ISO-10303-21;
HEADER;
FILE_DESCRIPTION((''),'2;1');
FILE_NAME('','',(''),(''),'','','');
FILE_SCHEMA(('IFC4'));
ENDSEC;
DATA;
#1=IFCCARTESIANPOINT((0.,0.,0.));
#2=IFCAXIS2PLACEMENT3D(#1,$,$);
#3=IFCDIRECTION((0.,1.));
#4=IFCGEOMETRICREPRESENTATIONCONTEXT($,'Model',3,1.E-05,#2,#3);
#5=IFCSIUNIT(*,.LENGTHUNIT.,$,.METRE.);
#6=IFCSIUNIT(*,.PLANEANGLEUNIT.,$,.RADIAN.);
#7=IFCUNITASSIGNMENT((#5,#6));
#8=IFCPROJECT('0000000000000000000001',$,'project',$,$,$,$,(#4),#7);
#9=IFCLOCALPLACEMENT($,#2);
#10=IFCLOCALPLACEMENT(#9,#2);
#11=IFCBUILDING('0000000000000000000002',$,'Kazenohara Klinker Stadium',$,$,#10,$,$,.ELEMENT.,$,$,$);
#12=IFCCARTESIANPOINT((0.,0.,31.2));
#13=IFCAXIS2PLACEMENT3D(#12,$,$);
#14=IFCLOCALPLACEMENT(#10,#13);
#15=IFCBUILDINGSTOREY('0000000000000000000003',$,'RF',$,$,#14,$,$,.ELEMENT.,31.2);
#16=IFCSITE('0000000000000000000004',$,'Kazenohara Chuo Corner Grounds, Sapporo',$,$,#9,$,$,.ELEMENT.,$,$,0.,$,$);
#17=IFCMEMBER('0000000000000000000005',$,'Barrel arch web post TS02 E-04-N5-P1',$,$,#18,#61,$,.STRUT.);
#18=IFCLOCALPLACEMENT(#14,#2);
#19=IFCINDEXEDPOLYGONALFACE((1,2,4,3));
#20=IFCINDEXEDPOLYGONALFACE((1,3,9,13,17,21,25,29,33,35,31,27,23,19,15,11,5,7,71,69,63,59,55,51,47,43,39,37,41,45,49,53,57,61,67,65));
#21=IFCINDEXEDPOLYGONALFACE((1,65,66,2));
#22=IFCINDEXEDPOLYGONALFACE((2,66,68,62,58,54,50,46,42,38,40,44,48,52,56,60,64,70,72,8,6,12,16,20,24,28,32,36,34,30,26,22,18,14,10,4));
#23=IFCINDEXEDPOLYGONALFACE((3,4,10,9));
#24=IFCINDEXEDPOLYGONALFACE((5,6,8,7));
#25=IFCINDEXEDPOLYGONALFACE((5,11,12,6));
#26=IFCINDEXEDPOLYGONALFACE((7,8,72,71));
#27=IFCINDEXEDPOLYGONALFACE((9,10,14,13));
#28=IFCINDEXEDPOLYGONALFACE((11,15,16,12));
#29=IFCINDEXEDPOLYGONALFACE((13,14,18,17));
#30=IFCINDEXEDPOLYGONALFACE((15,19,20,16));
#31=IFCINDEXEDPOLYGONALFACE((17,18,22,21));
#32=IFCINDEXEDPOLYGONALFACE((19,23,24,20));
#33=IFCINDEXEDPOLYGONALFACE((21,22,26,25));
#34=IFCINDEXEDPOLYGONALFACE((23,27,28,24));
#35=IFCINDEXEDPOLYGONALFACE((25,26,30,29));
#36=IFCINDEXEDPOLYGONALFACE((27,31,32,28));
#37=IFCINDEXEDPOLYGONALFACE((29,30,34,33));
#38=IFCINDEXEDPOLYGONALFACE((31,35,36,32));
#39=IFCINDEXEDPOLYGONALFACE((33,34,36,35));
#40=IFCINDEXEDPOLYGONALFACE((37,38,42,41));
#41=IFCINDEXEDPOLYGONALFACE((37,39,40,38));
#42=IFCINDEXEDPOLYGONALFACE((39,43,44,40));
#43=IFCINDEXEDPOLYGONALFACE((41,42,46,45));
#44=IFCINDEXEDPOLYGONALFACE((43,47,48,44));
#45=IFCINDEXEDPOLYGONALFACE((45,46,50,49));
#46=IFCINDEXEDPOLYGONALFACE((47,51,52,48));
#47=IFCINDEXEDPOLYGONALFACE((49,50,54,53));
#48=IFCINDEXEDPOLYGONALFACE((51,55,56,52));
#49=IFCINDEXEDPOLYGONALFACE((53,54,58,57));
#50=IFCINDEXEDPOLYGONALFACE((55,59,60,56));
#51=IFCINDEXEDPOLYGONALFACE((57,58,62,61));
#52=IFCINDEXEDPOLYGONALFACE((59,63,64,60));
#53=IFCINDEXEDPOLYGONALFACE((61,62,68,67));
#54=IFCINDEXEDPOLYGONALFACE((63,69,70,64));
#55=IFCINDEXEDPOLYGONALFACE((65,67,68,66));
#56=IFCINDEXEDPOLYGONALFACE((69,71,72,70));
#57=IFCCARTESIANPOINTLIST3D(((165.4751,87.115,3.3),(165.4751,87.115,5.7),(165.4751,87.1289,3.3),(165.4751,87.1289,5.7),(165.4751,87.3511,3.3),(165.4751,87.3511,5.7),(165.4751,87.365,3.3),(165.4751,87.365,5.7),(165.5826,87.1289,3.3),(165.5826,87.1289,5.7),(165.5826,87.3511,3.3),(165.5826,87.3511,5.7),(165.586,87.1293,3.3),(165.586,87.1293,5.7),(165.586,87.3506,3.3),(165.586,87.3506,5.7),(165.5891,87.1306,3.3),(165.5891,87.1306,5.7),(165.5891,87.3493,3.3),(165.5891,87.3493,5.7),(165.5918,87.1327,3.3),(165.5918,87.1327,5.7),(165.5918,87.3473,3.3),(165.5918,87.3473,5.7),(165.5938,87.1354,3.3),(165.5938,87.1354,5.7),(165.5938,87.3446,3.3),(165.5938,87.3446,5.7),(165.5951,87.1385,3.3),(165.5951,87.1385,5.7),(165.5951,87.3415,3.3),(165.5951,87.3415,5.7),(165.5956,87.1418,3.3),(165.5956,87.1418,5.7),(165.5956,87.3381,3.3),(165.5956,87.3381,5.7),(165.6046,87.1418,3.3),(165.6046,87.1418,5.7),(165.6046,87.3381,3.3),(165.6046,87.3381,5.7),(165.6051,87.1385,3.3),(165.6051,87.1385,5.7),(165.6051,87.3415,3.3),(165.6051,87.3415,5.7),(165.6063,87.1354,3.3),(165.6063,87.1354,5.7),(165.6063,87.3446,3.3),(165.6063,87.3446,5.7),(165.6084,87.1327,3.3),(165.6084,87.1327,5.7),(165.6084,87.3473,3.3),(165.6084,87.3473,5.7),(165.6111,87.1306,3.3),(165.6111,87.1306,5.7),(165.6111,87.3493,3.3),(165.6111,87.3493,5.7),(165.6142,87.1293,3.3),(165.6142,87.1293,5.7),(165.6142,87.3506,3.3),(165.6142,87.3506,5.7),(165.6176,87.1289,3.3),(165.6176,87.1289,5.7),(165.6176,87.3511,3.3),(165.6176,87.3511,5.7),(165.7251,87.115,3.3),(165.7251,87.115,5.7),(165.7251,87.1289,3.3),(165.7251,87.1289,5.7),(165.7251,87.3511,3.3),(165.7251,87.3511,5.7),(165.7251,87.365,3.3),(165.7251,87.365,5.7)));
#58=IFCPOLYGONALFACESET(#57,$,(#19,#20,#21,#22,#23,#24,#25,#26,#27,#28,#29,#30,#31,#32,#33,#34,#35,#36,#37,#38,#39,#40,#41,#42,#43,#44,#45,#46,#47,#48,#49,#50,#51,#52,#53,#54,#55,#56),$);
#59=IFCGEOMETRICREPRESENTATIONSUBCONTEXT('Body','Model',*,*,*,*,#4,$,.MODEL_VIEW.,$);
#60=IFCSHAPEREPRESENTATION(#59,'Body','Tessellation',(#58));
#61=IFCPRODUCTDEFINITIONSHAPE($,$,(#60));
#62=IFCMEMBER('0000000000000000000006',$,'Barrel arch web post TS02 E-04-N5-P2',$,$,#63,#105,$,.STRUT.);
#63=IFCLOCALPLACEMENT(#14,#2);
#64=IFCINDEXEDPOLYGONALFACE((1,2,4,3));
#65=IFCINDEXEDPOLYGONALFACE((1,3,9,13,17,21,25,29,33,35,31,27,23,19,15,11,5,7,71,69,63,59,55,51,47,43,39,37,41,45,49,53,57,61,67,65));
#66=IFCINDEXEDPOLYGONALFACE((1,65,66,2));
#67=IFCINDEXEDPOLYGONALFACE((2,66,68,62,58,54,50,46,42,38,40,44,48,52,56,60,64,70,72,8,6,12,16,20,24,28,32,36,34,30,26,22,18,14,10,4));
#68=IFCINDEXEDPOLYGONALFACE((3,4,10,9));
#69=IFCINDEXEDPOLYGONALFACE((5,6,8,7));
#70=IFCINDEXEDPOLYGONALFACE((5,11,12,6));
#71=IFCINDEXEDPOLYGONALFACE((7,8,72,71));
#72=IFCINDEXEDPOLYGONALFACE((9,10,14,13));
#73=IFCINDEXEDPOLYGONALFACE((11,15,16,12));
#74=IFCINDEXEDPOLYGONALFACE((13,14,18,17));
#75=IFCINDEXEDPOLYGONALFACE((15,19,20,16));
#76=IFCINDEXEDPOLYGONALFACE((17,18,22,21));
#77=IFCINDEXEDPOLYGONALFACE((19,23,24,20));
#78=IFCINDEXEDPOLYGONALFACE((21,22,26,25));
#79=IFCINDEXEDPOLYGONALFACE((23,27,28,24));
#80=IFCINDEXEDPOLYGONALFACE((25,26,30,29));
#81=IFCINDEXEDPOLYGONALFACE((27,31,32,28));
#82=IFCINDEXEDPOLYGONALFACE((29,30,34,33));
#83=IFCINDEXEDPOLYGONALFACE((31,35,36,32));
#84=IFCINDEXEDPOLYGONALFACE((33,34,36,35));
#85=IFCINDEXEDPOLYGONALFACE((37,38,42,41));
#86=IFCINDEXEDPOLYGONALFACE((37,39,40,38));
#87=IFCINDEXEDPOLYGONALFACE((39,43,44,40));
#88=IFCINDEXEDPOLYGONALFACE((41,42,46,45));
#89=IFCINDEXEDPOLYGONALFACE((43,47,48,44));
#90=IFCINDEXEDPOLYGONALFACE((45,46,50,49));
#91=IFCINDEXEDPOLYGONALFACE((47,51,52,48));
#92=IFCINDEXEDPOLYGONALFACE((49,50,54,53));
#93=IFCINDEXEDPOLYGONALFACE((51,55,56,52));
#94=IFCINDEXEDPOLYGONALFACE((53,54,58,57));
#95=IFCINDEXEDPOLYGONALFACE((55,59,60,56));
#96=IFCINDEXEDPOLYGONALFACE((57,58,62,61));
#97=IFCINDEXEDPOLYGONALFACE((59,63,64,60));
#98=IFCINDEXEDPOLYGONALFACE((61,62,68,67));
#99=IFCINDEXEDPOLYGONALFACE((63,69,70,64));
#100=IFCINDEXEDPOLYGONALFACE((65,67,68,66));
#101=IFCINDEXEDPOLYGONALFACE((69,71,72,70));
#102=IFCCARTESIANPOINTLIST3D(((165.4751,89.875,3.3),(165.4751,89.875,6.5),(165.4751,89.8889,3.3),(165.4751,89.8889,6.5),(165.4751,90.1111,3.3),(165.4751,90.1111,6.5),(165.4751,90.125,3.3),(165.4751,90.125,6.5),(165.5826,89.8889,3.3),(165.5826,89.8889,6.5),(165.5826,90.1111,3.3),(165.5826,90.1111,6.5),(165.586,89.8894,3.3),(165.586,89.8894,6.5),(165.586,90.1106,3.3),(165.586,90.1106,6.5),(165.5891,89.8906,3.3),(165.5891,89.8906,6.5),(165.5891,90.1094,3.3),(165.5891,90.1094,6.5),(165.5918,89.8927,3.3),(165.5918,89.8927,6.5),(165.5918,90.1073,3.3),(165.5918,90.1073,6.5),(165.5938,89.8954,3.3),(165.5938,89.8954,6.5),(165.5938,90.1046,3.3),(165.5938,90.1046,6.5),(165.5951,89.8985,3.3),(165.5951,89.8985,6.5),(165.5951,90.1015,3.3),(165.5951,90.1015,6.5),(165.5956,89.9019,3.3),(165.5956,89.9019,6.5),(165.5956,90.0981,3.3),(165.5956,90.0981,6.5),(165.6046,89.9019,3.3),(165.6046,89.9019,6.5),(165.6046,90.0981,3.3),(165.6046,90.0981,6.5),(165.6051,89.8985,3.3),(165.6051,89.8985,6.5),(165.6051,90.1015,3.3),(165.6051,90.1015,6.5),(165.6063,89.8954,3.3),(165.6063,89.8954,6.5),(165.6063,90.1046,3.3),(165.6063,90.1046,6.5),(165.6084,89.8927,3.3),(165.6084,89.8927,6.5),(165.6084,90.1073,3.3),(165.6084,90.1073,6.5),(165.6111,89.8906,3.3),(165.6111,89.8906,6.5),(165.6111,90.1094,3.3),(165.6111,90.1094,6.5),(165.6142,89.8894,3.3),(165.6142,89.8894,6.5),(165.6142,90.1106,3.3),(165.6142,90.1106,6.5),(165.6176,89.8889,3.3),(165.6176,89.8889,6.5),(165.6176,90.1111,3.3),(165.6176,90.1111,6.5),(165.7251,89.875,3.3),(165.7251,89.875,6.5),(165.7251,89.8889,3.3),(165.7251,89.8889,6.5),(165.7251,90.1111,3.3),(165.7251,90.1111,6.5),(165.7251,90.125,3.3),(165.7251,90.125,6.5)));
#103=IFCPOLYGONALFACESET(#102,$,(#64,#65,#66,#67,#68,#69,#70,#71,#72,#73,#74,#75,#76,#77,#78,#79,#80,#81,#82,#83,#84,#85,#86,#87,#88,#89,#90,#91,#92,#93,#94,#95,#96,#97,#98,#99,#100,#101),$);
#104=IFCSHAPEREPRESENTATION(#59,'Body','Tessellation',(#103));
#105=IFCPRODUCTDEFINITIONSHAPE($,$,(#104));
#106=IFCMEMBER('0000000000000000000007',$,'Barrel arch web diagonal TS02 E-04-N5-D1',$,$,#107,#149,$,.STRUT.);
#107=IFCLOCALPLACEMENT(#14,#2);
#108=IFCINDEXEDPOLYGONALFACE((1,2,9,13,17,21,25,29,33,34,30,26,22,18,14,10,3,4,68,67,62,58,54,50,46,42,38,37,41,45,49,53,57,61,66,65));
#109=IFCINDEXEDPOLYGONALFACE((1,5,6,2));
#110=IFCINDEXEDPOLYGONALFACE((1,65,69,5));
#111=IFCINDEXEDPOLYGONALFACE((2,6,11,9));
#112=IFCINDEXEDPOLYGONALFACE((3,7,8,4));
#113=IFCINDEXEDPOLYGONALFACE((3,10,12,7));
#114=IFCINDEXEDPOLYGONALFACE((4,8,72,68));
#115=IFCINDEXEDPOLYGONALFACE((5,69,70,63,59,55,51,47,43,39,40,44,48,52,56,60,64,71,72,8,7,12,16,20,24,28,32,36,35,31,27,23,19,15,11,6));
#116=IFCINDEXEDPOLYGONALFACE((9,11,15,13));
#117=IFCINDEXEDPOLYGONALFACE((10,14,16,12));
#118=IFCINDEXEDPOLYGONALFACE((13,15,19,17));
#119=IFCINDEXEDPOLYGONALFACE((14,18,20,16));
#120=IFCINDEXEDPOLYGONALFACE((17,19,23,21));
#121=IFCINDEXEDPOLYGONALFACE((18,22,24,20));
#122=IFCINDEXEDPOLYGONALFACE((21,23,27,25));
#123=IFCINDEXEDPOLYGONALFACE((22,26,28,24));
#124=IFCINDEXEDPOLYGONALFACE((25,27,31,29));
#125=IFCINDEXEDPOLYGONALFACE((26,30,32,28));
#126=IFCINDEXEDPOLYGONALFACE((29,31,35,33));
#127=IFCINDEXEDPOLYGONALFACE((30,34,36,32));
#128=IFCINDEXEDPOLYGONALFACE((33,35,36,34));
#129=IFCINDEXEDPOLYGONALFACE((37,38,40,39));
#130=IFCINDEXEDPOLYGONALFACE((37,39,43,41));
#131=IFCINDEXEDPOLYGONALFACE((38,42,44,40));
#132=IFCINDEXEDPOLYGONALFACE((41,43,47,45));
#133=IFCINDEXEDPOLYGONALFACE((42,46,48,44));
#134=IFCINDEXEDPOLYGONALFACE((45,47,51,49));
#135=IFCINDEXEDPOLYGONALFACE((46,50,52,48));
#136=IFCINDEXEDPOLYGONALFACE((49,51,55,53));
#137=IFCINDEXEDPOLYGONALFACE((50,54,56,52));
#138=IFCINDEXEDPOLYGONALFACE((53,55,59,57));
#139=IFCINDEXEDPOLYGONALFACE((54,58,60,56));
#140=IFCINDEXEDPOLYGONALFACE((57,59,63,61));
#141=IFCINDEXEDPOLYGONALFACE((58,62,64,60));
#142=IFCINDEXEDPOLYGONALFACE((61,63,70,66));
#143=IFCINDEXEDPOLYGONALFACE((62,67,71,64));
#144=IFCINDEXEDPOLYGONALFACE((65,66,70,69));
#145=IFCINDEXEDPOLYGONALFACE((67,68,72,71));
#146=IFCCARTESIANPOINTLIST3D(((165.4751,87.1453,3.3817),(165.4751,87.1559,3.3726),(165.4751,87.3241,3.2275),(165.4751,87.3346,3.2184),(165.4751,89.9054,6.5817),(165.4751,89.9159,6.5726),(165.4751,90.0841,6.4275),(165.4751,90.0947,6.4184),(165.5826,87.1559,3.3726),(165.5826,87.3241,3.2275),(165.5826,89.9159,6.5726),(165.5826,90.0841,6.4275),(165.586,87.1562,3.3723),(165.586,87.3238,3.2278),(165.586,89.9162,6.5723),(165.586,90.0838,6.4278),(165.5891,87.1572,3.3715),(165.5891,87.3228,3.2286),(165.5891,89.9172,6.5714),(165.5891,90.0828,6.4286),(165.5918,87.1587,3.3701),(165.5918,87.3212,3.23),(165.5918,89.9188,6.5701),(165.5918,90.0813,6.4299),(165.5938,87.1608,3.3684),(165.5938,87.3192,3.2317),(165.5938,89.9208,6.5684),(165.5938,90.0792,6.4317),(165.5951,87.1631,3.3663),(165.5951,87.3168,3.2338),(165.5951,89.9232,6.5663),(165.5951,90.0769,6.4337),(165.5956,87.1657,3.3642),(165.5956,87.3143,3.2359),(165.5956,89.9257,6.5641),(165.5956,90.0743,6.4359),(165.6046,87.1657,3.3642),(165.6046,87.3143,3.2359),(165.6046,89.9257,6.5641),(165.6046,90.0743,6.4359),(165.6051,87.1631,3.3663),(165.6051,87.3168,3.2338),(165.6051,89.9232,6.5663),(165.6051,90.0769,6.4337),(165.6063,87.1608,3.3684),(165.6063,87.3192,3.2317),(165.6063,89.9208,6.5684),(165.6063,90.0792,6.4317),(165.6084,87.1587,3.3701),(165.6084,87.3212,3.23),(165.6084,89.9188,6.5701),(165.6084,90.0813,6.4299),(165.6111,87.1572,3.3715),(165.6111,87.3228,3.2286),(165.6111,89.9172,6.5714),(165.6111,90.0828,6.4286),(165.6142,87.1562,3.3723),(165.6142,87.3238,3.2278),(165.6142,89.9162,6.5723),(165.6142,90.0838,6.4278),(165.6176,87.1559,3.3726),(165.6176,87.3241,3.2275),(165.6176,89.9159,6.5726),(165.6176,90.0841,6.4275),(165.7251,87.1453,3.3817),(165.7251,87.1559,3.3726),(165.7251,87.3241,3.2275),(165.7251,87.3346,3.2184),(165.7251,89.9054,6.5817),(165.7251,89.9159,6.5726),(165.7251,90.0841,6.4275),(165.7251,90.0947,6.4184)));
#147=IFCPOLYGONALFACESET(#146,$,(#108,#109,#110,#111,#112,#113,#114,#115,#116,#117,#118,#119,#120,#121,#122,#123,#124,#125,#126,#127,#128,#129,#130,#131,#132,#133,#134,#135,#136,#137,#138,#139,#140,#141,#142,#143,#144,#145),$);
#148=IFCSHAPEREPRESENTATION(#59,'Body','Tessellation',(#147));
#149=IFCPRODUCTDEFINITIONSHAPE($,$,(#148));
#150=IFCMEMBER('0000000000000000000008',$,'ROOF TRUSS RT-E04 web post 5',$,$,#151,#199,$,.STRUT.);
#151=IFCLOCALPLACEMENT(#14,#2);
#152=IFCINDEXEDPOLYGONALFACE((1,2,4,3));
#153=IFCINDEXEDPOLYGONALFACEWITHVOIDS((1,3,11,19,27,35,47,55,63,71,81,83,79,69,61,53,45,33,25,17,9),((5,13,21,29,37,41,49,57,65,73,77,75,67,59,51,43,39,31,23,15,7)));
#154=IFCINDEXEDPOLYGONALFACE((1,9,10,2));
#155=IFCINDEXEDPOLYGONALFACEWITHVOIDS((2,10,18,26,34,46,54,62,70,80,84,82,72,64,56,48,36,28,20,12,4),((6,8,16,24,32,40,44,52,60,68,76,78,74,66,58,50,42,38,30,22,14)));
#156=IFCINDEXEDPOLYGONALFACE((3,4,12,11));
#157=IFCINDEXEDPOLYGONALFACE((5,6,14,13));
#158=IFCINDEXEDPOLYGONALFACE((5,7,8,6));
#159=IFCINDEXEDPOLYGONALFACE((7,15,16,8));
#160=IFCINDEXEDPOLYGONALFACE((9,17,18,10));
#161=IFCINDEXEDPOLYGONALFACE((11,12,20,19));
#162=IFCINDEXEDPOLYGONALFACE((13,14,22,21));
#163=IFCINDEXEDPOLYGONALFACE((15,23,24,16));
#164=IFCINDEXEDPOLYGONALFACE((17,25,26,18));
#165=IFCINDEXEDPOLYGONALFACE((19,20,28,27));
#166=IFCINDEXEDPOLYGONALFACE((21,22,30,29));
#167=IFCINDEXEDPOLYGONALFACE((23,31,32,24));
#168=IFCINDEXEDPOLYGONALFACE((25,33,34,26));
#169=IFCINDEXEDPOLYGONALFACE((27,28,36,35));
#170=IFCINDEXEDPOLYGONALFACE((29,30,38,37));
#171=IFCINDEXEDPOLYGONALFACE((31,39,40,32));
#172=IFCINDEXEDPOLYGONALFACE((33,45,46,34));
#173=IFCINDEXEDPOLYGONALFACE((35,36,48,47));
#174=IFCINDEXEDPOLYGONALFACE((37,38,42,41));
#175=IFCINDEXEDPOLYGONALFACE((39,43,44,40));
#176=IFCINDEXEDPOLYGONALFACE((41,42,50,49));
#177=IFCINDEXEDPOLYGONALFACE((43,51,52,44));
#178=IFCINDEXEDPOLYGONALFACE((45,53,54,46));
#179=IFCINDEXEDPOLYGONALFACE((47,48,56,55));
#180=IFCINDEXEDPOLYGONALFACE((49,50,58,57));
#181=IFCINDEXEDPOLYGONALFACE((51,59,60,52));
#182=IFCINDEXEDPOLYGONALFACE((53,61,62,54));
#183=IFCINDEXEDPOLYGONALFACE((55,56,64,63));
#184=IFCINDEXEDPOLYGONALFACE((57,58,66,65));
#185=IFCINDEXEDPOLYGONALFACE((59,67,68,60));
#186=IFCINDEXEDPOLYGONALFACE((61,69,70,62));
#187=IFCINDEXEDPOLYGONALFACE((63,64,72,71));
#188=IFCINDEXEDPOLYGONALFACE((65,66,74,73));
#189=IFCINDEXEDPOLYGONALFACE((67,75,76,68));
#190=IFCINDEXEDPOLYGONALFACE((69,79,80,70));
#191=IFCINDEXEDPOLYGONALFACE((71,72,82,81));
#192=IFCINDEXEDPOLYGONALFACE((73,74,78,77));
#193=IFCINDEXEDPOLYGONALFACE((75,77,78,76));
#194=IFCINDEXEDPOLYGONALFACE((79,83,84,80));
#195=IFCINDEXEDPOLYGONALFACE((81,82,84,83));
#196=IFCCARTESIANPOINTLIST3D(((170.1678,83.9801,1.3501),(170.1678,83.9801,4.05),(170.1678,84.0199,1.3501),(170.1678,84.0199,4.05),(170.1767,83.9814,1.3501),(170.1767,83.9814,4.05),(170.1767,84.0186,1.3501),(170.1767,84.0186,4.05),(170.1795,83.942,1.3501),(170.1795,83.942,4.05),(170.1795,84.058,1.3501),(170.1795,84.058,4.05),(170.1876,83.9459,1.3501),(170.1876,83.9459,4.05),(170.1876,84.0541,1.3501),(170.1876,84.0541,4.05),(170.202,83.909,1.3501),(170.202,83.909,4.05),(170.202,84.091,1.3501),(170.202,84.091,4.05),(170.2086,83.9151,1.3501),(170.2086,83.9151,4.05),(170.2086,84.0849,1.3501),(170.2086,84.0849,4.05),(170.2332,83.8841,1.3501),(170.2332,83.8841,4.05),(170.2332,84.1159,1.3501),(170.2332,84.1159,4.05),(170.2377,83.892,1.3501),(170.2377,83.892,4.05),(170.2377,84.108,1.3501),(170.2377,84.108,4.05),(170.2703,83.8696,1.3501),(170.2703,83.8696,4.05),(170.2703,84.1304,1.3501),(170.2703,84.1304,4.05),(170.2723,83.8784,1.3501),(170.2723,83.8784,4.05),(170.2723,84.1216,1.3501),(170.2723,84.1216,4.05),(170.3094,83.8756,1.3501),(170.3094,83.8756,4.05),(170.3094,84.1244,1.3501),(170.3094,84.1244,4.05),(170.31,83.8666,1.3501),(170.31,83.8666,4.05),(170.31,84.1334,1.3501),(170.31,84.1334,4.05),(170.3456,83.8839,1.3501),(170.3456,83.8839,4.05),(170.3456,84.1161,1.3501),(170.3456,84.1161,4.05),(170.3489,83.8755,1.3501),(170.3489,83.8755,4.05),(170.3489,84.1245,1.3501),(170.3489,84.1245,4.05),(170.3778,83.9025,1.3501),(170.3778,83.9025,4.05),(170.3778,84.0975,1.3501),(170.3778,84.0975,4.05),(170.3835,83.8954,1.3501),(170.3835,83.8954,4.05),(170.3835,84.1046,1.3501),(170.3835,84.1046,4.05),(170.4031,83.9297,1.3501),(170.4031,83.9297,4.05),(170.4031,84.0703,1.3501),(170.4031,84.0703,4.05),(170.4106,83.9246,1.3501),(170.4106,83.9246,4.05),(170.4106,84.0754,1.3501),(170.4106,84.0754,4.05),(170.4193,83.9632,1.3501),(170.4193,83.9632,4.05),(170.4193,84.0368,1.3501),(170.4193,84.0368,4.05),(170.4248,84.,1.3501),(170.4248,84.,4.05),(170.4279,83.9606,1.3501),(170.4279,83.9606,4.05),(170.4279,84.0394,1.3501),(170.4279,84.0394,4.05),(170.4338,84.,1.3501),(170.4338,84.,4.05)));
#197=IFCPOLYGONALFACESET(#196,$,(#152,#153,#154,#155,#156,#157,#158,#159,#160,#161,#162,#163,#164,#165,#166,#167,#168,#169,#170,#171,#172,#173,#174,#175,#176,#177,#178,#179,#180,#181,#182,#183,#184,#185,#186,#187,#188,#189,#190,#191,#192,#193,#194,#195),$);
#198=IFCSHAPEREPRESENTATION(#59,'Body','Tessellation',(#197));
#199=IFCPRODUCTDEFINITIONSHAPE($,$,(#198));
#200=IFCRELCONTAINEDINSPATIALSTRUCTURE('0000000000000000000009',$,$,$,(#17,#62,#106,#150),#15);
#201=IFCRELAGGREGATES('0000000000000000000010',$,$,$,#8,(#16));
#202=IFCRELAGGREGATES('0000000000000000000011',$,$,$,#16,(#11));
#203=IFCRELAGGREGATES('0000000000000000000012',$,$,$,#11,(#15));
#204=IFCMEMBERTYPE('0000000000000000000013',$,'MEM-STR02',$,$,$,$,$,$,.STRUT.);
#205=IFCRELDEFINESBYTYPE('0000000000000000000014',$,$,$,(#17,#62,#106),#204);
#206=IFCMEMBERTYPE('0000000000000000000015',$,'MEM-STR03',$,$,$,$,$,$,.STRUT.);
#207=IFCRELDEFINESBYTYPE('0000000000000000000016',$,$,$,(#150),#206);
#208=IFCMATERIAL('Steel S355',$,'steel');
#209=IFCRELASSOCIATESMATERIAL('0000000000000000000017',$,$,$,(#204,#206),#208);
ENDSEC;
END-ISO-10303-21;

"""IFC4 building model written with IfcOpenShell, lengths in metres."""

from ifc_helpers import new_model, si_unit, direction, frame, origin, origin_2d, place, context, subcontext, project, spatial, hollow_circle, i_section, extrude, material, material_profile, profile_set, type_object, element, save


model = new_model("IFC4")

# Units and contexts
model_context = context("Model", 3, precision=1e-05, world=origin(), true_north=direction((0.0, 1.0)))
body_context = subcontext(model_context, "Body", "Model", "MODEL_VIEW")
ifc_project = project(units=[si_unit("LENGTHUNIT", "METRE"), si_unit("PLANEANGLEUNIT", "RADIAN")], contexts=[model_context])

# Site, building, storey
site_placement = place(None, origin())
site = spatial("IfcSite", under=ifc_project, at=site_placement, Name="Kazenohara Chuo Corner Grounds, Sapporo", CompositionType="ELEMENT", RefElevation=0.0)
building_placement = place(site_placement, origin())
building = spatial("IfcBuilding", under=site, at=building_placement, Name="Kazenohara Klinker Stadium", CompositionType="ELEMENT")
storey_placement = place(building_placement, frame((0.0, 0.0, 31.2)))
storey = spatial("IfcBuildingStorey", under=building, at=storey_placement, Name="RF", CompositionType="ELEMENT", Elevation=31.2)

# Members
ifc_material_1 = material(Name="Steel S355", Category="steel")
ifc_material_profile_1 = material_profile(ifc_material_1, i_section(OverallWidth=0.25, OverallDepth=0.25, WebThickness=0.009, FlangeThickness=0.0139, FilletRadius=0.0129, at=origin_2d()), Name="H-250x250x9x14")
ifc_profile_set_1 = profile_set([ifc_material_profile_1], Name="Steel S355")
member_type_1 = type_object("IfcMemberType", Name="MEM-STR02", PredefinedType="STRUT", material=ifc_profile_set_1)
member_1_placement = place(storey_placement, frame((165.6001, 87.24, 3.3), z_axis=(0.0, 0.0, 1.0), x_axis=(1.0, 0.0, 0.0)))
element("IfcMember", 1, at=member_1_placement, inside=storey, type_object=member_type_1, Name="Barrel arch web post TS02 E-04-N5-P1", PredefinedType="STRUT", context=body_context, shape_type="SweptSolid", body=[
    extrude(i_section(OverallWidth=0.25, OverallDepth=0.25, WebThickness=0.009, FlangeThickness=0.0139, FilletRadius=0.0129, at=origin_2d()), origin(), (0.0, 0.0, 1.0), 2.3999),
])
member_2_placement = place(storey_placement, frame((165.6001, 90.0, 3.3), z_axis=(0.0, 0.0, 1.0), x_axis=(1.0, 0.0, 0.0)))
element("IfcMember", 2, at=member_2_placement, inside=storey, type_object=member_type_1, Name="Barrel arch web post TS02 E-04-N5-P2", PredefinedType="STRUT", context=body_context, shape_type="SweptSolid", body=[
    extrude(i_section(OverallWidth=0.25, OverallDepth=0.25, WebThickness=0.009, FlangeThickness=0.0139, FilletRadius=0.0129, at=origin_2d()), origin(), (0.0, 0.0, 1.0), 3.2),
])
member_3_placement = place(storey_placement, frame((165.6001, 87.24, 3.3), z_axis=(0.0, 0.653134, 0.757242), x_axis=(-1.0, 0.0, 0.0)))
element("IfcMember", 3, at=member_3_placement, inside=storey, type_object=member_type_1, Name="Barrel arch web diagonal TS02 E-04-N5-D1", PredefinedType="STRUT", context=body_context, shape_type="SweptSolid", body=[
    extrude(i_section(OverallWidth=0.25, OverallDepth=0.25, WebThickness=0.009, FlangeThickness=0.0139, FilletRadius=0.0129, at=origin_2d()), origin(), (0.0, 0.0, 1.0), 4.2258),
])
ifc_material_profile_2 = material_profile(ifc_material_1, hollow_circle(Radius=0.1338, WallThickness=0.009, at=origin_2d()), Name="CHS-267.4x9")
ifc_profile_set_2 = profile_set([ifc_material_profile_2], Name="Steel S355")
member_type_2 = type_object("IfcMemberType", Name="MEM-STR03", PredefinedType="STRUT", material=ifc_profile_set_2)
member_4_placement = place(storey_placement, frame((170.3, 84.0, 1.3501), z_axis=(0.0, 0.0, 1.0), x_axis=(1.0, 0.0, 0.0)))
element("IfcMember", 4, at=member_4_placement, inside=storey, type_object=member_type_2, Name="ROOF TRUSS RT-E04 web post 5", PredefinedType="STRUT", context=body_context, shape_type="SweptSolid", body=[
    extrude(hollow_circle(Radius=0.1338, WallThickness=0.009, at=origin_2d()), origin(), (0.0, 0.0, 1.0), 2.7),
])

save(model, "model.ifc")
